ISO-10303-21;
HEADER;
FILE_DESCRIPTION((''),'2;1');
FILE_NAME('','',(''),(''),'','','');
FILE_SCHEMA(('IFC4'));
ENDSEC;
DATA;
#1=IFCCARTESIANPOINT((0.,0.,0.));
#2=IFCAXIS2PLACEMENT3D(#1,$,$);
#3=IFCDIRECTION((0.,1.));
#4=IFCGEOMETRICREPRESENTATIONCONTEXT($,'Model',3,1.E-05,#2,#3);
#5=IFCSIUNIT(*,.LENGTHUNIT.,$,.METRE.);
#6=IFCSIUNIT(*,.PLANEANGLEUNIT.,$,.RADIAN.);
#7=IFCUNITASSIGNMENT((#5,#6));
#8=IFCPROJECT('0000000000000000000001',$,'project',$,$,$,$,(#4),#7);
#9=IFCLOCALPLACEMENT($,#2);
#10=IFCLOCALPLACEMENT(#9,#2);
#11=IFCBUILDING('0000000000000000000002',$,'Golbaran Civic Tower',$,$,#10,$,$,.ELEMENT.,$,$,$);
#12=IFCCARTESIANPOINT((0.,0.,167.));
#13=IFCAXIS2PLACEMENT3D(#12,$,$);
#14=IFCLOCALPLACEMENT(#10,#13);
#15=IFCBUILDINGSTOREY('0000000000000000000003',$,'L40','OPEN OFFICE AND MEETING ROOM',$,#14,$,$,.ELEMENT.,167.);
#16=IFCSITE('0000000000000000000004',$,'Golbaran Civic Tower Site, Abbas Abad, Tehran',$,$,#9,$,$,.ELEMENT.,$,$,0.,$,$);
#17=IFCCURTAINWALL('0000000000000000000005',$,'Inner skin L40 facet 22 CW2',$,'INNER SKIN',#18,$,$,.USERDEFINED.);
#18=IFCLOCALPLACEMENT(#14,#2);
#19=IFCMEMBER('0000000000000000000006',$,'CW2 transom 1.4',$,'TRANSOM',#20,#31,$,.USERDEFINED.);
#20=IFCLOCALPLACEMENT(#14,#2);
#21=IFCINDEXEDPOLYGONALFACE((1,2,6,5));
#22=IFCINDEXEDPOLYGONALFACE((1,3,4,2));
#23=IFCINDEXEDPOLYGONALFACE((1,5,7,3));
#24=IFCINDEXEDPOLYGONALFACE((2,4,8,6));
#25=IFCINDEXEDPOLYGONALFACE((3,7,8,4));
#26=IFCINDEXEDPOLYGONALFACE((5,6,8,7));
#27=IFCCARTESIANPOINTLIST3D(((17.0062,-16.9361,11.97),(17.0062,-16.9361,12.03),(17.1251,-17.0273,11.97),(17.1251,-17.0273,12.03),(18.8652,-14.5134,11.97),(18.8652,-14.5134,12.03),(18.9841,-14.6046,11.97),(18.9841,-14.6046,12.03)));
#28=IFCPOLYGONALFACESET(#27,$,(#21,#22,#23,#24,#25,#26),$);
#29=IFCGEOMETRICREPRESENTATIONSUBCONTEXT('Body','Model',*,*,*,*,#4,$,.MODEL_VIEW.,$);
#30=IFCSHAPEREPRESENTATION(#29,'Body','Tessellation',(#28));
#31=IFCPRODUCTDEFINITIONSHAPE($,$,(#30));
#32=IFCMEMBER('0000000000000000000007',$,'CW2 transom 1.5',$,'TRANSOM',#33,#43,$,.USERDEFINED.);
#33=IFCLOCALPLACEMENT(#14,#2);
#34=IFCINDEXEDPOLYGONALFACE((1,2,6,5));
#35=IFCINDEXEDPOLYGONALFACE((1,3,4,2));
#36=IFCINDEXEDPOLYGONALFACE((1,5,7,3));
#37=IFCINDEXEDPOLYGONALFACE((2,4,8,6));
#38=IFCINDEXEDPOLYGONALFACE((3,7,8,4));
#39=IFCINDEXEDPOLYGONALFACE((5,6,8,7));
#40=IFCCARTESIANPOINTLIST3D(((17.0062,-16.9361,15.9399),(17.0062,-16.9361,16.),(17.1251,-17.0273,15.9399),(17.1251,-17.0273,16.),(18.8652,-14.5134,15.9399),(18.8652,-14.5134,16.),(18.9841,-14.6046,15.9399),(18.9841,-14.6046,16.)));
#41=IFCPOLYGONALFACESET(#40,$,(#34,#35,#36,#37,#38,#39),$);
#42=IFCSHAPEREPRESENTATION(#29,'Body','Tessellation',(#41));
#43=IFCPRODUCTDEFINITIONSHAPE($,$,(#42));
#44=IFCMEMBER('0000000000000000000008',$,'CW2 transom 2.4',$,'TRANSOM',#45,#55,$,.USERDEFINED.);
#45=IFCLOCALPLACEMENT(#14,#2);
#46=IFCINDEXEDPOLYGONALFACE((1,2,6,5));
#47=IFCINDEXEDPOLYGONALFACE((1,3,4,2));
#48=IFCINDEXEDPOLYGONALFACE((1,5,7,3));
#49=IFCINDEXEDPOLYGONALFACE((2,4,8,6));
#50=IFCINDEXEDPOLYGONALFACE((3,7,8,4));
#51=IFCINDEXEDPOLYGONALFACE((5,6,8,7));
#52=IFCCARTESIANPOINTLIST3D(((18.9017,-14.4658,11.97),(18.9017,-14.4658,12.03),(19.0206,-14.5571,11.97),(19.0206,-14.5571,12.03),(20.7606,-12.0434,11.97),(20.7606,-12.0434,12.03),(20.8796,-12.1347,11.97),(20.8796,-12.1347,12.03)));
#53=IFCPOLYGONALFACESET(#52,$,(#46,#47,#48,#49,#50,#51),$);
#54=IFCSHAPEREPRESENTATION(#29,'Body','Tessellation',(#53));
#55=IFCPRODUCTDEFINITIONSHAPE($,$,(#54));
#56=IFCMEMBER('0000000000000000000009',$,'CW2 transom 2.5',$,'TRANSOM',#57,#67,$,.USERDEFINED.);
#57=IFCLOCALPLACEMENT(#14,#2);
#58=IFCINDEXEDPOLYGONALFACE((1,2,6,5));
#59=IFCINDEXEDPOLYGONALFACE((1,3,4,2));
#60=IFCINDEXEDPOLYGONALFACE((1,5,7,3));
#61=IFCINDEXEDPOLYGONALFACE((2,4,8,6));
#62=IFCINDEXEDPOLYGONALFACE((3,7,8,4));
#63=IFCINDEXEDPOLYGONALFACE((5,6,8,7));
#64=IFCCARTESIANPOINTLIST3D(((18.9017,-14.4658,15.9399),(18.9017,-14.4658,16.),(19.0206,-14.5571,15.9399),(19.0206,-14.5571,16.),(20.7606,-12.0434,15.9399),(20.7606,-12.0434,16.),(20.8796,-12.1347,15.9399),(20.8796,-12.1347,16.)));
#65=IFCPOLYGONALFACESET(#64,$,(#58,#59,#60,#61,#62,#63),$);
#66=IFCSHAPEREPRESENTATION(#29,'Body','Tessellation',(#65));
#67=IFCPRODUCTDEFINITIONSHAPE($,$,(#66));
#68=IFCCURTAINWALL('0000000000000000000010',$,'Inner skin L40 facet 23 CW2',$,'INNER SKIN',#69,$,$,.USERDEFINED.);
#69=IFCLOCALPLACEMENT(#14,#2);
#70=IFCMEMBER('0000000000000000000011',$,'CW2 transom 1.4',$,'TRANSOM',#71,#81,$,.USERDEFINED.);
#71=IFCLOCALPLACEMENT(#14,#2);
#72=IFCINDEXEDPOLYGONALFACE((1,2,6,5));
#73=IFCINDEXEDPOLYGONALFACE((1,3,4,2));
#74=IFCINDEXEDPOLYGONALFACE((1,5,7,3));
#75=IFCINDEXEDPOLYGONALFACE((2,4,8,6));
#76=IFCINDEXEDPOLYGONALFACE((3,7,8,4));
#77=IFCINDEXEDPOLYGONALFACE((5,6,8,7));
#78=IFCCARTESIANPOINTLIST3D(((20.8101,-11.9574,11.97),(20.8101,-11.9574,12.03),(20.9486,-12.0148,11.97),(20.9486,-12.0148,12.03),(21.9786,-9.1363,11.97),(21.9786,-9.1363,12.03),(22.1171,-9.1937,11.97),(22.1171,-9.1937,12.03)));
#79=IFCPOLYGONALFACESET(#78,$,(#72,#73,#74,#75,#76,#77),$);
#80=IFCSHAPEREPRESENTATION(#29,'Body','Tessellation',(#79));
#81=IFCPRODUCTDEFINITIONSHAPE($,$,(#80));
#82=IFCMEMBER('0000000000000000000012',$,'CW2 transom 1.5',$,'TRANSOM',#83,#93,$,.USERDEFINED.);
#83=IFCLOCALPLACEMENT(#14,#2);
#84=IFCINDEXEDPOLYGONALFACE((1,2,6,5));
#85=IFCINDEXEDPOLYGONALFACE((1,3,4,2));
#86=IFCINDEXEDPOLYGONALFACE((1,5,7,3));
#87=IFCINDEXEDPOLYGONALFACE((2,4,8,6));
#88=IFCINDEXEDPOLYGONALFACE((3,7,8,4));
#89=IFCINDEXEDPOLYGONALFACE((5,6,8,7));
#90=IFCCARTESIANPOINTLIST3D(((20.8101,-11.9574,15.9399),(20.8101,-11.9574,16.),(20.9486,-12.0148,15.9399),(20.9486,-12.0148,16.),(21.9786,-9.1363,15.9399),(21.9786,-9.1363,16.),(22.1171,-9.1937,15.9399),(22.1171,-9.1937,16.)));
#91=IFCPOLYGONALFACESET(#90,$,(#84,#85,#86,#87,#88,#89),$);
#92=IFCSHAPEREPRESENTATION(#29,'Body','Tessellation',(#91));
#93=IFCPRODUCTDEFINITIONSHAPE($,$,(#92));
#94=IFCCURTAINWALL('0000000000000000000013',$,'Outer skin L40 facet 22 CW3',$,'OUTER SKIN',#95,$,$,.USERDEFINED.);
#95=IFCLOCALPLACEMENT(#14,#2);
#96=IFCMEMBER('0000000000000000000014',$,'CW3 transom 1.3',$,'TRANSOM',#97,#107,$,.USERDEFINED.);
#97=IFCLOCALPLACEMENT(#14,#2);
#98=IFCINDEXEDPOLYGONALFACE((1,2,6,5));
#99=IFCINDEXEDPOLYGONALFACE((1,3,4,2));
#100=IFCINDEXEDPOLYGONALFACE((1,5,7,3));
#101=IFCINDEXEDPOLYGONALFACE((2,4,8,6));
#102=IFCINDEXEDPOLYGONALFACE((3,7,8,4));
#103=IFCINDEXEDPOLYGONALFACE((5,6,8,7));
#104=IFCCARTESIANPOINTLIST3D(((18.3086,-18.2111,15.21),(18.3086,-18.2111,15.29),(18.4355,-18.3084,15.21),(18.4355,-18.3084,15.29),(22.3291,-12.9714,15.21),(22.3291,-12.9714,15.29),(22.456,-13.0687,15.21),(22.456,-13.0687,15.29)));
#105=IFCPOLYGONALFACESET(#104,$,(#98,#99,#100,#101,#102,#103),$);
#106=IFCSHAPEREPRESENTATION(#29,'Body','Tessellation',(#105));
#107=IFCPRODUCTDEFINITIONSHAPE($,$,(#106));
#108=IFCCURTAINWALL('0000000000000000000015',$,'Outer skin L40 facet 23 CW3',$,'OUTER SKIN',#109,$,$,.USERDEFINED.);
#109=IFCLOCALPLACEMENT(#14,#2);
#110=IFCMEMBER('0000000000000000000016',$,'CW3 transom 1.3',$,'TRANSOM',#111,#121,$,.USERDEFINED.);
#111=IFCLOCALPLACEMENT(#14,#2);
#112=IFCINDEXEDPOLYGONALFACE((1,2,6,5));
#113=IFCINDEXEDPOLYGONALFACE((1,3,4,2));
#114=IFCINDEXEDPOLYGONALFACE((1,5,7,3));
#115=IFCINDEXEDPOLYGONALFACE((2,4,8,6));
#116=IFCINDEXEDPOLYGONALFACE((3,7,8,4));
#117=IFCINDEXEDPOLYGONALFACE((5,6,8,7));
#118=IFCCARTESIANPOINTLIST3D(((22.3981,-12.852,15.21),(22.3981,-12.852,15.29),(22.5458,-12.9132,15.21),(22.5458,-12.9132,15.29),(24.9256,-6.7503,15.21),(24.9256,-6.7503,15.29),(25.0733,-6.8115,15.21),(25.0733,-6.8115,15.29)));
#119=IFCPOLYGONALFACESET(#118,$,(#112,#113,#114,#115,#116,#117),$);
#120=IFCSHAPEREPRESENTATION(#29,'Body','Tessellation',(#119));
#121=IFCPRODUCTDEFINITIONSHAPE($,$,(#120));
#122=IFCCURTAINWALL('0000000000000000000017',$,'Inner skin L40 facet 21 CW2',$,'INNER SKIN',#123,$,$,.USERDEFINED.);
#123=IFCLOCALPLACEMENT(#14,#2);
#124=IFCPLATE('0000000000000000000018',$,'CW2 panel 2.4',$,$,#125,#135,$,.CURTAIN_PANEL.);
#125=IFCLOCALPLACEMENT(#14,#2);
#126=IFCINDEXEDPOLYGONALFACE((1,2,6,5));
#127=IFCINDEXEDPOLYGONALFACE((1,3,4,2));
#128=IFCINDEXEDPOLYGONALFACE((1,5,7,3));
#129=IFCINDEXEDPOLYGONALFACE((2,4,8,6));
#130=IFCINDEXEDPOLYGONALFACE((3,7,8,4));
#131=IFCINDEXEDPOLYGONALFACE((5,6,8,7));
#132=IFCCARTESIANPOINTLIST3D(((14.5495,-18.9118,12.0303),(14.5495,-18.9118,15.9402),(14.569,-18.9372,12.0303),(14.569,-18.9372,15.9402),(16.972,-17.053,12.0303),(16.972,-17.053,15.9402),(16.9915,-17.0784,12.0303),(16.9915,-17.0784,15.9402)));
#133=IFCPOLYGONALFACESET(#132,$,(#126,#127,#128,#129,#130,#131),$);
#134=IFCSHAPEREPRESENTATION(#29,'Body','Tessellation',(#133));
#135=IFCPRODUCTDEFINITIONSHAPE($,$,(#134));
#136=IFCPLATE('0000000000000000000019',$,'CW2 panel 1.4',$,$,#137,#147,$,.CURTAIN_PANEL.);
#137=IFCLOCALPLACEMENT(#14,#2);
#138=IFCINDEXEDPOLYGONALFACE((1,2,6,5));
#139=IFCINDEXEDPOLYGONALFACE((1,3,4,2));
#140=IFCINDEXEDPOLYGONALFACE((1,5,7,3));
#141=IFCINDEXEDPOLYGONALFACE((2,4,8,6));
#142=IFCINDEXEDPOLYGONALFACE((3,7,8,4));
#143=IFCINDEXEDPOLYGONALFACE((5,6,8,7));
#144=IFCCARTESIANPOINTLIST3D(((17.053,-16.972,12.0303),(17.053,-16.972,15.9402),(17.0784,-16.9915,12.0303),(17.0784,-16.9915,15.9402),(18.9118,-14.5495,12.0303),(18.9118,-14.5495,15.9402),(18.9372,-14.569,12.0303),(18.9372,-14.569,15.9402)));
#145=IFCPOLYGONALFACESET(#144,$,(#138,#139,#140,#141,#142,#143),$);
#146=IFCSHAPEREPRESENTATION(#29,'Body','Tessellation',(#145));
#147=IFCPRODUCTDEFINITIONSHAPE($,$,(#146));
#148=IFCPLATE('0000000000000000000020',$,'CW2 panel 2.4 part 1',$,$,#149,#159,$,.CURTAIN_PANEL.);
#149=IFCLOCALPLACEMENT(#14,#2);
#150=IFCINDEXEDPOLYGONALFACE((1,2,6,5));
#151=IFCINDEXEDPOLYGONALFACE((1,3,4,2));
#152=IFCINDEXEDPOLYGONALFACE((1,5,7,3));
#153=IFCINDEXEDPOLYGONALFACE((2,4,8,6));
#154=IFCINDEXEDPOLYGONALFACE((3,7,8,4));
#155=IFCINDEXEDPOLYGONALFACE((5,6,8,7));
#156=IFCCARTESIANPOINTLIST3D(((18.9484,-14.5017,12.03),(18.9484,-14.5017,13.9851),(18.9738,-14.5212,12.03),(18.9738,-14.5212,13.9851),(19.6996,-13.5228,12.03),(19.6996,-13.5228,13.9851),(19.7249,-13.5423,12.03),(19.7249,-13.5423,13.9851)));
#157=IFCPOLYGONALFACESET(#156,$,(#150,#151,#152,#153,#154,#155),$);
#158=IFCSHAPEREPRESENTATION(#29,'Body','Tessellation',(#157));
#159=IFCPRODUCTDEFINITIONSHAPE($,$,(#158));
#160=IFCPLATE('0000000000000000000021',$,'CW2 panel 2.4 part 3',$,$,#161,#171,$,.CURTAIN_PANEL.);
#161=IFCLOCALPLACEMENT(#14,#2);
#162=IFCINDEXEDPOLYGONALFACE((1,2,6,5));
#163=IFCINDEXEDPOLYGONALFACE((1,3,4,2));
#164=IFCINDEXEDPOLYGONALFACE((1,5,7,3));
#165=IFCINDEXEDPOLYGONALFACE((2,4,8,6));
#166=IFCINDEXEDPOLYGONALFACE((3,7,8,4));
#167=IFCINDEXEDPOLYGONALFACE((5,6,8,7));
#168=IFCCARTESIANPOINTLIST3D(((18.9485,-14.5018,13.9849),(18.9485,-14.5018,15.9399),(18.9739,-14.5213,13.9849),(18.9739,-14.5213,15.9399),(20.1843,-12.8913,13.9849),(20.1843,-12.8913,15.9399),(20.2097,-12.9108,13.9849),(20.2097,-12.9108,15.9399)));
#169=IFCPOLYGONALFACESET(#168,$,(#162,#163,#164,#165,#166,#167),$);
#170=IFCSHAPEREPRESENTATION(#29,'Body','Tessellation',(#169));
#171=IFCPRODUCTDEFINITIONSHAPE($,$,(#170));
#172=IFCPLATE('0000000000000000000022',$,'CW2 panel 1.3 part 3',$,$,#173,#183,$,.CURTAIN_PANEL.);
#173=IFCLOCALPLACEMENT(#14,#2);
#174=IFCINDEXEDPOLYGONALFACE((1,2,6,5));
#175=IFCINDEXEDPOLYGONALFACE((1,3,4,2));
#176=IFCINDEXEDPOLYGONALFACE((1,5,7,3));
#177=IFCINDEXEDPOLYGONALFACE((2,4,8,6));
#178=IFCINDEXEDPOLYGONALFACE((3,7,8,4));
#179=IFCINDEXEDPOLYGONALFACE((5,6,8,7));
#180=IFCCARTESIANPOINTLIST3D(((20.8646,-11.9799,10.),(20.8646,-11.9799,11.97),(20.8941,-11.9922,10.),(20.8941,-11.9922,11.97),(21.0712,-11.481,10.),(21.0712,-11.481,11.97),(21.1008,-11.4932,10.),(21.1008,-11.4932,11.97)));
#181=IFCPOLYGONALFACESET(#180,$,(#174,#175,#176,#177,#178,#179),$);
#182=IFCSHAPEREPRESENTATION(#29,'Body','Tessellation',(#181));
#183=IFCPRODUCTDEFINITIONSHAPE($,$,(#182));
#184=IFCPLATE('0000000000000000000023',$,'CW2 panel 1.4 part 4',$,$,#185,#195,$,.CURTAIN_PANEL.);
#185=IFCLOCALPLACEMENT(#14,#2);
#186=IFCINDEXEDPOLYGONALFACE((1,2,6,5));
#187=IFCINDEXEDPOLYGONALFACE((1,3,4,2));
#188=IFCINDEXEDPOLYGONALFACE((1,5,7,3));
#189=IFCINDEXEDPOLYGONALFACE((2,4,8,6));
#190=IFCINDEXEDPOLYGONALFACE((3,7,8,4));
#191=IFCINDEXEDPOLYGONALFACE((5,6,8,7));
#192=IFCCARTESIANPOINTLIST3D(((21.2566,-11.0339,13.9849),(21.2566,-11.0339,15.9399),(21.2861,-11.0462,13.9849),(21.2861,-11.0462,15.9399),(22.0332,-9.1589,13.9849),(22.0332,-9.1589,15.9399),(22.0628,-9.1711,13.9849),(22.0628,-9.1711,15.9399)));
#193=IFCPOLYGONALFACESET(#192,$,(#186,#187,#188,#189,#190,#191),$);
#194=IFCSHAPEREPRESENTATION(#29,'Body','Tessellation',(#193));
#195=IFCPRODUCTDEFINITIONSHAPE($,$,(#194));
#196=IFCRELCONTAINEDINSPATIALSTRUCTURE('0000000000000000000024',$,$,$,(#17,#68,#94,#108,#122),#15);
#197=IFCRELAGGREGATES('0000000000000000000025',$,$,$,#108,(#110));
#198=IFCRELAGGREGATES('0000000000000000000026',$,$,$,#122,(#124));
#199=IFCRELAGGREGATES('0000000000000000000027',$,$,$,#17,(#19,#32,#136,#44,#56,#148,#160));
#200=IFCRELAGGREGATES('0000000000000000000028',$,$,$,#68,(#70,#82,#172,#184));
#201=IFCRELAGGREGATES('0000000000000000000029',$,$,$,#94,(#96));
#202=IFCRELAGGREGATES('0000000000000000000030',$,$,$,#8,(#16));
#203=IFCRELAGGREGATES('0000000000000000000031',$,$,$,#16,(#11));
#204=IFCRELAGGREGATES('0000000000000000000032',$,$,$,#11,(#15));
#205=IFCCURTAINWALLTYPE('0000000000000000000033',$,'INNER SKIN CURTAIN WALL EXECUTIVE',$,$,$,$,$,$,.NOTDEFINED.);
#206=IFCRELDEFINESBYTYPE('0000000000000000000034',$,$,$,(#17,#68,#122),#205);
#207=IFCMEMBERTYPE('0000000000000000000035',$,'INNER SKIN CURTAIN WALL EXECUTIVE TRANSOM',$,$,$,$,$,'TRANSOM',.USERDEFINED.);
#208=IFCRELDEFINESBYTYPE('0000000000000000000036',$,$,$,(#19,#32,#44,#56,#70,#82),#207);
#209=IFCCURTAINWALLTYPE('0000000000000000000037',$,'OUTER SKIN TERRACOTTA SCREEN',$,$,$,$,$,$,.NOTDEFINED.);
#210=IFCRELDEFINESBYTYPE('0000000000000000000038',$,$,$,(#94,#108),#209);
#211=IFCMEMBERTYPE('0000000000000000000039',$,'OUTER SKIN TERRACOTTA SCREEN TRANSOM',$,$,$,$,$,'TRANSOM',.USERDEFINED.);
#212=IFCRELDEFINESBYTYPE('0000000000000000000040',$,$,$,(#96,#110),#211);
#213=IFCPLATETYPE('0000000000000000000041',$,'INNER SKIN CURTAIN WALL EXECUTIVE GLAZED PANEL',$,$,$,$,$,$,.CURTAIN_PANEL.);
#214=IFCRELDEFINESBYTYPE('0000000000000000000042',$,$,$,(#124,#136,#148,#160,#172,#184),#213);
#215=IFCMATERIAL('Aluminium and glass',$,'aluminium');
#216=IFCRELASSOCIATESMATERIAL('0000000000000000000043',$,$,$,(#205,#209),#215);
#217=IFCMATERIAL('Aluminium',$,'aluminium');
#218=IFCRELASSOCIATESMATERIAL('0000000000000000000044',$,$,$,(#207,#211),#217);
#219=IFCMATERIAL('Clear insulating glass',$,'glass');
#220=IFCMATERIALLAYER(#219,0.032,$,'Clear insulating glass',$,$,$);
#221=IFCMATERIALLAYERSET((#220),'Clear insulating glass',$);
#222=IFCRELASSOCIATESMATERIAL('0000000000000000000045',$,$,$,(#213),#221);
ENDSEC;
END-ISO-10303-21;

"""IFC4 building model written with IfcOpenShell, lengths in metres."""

from ifc_helpers import new_model, si_unit, direction, frame, origin, origin_2d, place, context, subcontext, project, spatial, rectangle, extrude, material, layer, layer_set, material_profile, profile_set, type_object, element, aggregate, save


model = new_model("IFC4")

# Units and contexts
model_context = context("Model", 3, precision=1e-05, world=origin(), true_north=direction((0.0, 1.0)))
body_context = subcontext(model_context, "Body", "Model", "MODEL_VIEW")
ifc_project = project(units=[si_unit("LENGTHUNIT", "METRE"), si_unit("PLANEANGLEUNIT", "RADIAN")], contexts=[model_context])

# Site, building, storey
site_placement = place(None, origin())
site = spatial("IfcSite", under=ifc_project, at=site_placement, Name="Golbaran Civic Tower Site, Abbas Abad, Tehran", CompositionType="ELEMENT", RefElevation=0.0)
building_placement = place(site_placement, origin())
building = spatial("IfcBuilding", under=site, at=building_placement, Name="Golbaran Civic Tower", CompositionType="ELEMENT")
storey_placement = place(building_placement, frame((0.0, 0.0, 167.0)))
storey = spatial("IfcBuildingStorey", under=building, at=storey_placement, Name="L40", Description="OPEN OFFICE AND MEETING ROOM", CompositionType="ELEMENT", Elevation=167.0)

# Curtain walls, members
ifc_material_1 = material(Name="Aluminium and glass", Category="aluminium")
curtain_wall_type_1 = type_object("IfcCurtainWallType", Name="INNER SKIN CURTAIN WALL EXECUTIVE", PredefinedType="NOTDEFINED", material=ifc_material_1)
curtain_wall_1_placement = place(storey_placement, origin())
curtain_wall_1 = element("IfcCurtainWall", 1, at=curtain_wall_1_placement, inside=storey, type_object=curtain_wall_type_1, Name="Inner skin L40 facet 22 CW2", ObjectType="INNER SKIN", PredefinedType="USERDEFINED")
ifc_material_2 = material(Name="Aluminium", Category="aluminium")
ifc_material_profile_1 = material_profile(ifc_material_2, rectangle(XDim=0.1499, YDim=0.0601, at=origin_2d()), Name="INNER SKIN CURTAIN WALL EXECUTIVE TRANSOM")
ifc_profile_set_1 = profile_set([ifc_material_profile_1], Name="Aluminium")
member_type_1 = type_object("IfcMemberType", Name="INNER SKIN CURTAIN WALL EXECUTIVE TRANSOM", ElementType="TRANSOM", PredefinedType="USERDEFINED", material=ifc_profile_set_1)
member_1_placement = place(storey_placement, frame((17.0657, -16.9817, 12.0), z_axis=(0.608752, 0.793361, 0.0), x_axis=(-0.793361, 0.608752, 0.0)))
member_1 = element("IfcMember", 2, at=member_1_placement, type_object=member_type_1, Name="CW2 transom 1.4", ObjectType="TRANSOM", PredefinedType="USERDEFINED", context=body_context, shape_type="SweptSolid", body=[
    extrude(rectangle(XDim=0.1499, YDim=0.0601, at=origin_2d()), origin(), (0.0, 0.0, 1.0), 3.0537),
])
member_2_placement = place(storey_placement, frame((17.0657, -16.9817, 15.97), z_axis=(0.608752, 0.793361, 0.0), x_axis=(-0.793361, 0.608752, 0.0)))
member_2 = element("IfcMember", 3, at=member_2_placement, type_object=member_type_1, Name="CW2 transom 1.5", ObjectType="TRANSOM", PredefinedType="USERDEFINED", context=body_context, shape_type="SweptSolid", body=[
    extrude(rectangle(XDim=0.1499, YDim=0.0601, at=origin_2d()), origin(), (0.0, 0.0, 1.0), 3.0537),
])
member_3_placement = place(storey_placement, frame((18.9612, -14.5115, 12.0), z_axis=(0.608791, 0.793331, 0.0), x_axis=(-0.793331, 0.608791, 0.0)))
member_3 = element("IfcMember", 4, at=member_3_placement, type_object=member_type_1, Name="CW2 transom 2.4", ObjectType="TRANSOM", PredefinedType="USERDEFINED", context=body_context, shape_type="SweptSolid", body=[
    extrude(rectangle(XDim=0.1499, YDim=0.0601, at=origin_2d()), origin(), (0.0, 0.0, 1.0), 3.0535),
])
member_4_placement = place(storey_placement, frame((18.9612, -14.5115, 15.97), z_axis=(0.608791, 0.793331, 0.0), x_axis=(-0.793331, 0.608791, 0.0)))
member_4 = element("IfcMember", 5, at=member_4_placement, type_object=member_type_1, Name="CW2 transom 2.5", ObjectType="TRANSOM", PredefinedType="USERDEFINED", context=body_context, shape_type="SweptSolid", body=[
    extrude(rectangle(XDim=0.1499, YDim=0.0601, at=origin_2d()), origin(), (0.0, 0.0, 1.0), 3.0535),
])
curtain_wall_2_placement = place(storey_placement, origin())
curtain_wall_2 = element("IfcCurtainWall", 6, at=curtain_wall_2_placement, inside=storey, type_object=curtain_wall_type_1, Name="Inner skin L40 facet 23 CW2", ObjectType="INNER SKIN", PredefinedType="USERDEFINED")
member_5_placement = place(storey_placement, frame((20.8794, -11.9861, 12.0), z_axis=(0.382667, 0.923886, 0.0), x_axis=(-0.923886, 0.382667, 0.0)))
member_5 = element("IfcMember", 7, at=member_5_placement, type_object=member_type_1, Name="CW2 transom 1.4", ObjectType="TRANSOM", PredefinedType="USERDEFINED", context=body_context, shape_type="SweptSolid", body=[
    extrude(rectangle(XDim=0.1499, YDim=0.0601, at=origin_2d()), origin(), (0.0, 0.0, 1.0), 3.0535),
])
member_6_placement = place(storey_placement, frame((20.8794, -11.9861, 15.97), z_axis=(0.382667, 0.923886, 0.0), x_axis=(-0.923886, 0.382667, 0.0)))
member_6 = element("IfcMember", 8, at=member_6_placement, type_object=member_type_1, Name="CW2 transom 1.5", ObjectType="TRANSOM", PredefinedType="USERDEFINED", context=body_context, shape_type="SweptSolid", body=[
    extrude(rectangle(XDim=0.1499, YDim=0.0601, at=origin_2d()), origin(), (0.0, 0.0, 1.0), 3.0535),
])

# Curtain walls, members
curtain_wall_type_2 = type_object("IfcCurtainWallType", Name="OUTER SKIN TERRACOTTA SCREEN", PredefinedType="NOTDEFINED", material=ifc_material_1)
curtain_wall_3_placement = place(storey_placement, origin())
curtain_wall_3 = element("IfcCurtainWall", 9, at=curtain_wall_3_placement, inside=storey, type_object=curtain_wall_type_2, Name="Outer skin L40 facet 22 CW3", ObjectType="OUTER SKIN", PredefinedType="USERDEFINED")
ifc_material_profile_2 = material_profile(ifc_material_2, rectangle(XDim=0.1599, YDim=0.0801, at=origin_2d()), Name="OUTER SKIN TERRACOTTA SCREEN TRANSOM")
ifc_profile_set_2 = profile_set([ifc_material_profile_2], Name="Aluminium")
member_type_2 = type_object("IfcMemberType", Name="OUTER SKIN TERRACOTTA SCREEN TRANSOM", ElementType="TRANSOM", PredefinedType="USERDEFINED", material=ifc_profile_set_2)
member_7_placement = place(storey_placement, frame((18.3721, -18.2598, 15.25), z_axis=(0.608753, 0.79336, 0.0), x_axis=(-0.79336, 0.608753, 0.0)))
member_7 = element("IfcMember", 10, at=member_7_placement, type_object=member_type_2, Name="CW3 transom 1.3", ObjectType="TRANSOM", PredefinedType="USERDEFINED", context=body_context, shape_type="SweptSolid", body=[
    extrude(rectangle(XDim=0.1599, YDim=0.0801, at=origin_2d()), origin(), (0.0, 0.0, 1.0), 6.6045),
])
curtain_wall_4_placement = place(storey_placement, origin())
curtain_wall_4 = element("IfcCurtainWall", 11, at=curtain_wall_4_placement, inside=storey, type_object=curtain_wall_type_2, Name="Outer skin L40 facet 23 CW3", ObjectType="OUTER SKIN", PredefinedType="USERDEFINED")
member_8_placement = place(storey_placement, frame((22.4719, -12.8826, 15.25), z_axis=(0.382701, 0.923872, 0.0), x_axis=(-0.923872, 0.382701, 0.0)))
member_8 = element("IfcMember", 12, at=member_8_placement, type_object=member_type_2, Name="CW3 transom 1.3", ObjectType="TRANSOM", PredefinedType="USERDEFINED", context=body_context, shape_type="SweptSolid", body=[
    extrude(rectangle(XDim=0.1599, YDim=0.0801, at=origin_2d()), origin(), (0.0, 0.0, 1.0), 6.6045),
])
aggregate(curtain_wall_4, [member_8])

# Curtain wall, plate
curtain_wall_5_placement = place(storey_placement, origin())
curtain_wall_5 = element("IfcCurtainWall", 13, at=curtain_wall_5_placement, inside=storey, type_object=curtain_wall_type_1, Name="Inner skin L40 facet 21 CW2", ObjectType="INNER SKIN", PredefinedType="USERDEFINED")
ifc_material_3 = material(Name="Clear insulating glass", Category="glass")
ifc_layer_1 = layer(ifc_material_3, 0.032, Name="Clear insulating glass")
ifc_layer_set_1 = layer_set([ifc_layer_1], Name="Clear insulating glass")
plate_type_1 = type_object("IfcPlateType", Name="INNER SKIN CURTAIN WALL EXECUTIVE GLAZED PANEL", PredefinedType="CURTAIN_PANEL", material=ifc_layer_set_1)
plate_1_placement = place(storey_placement, frame((15.7705, -17.9951, 12.0303), z_axis=(0.0, 0.0, 1.0), x_axis=(0.793353, 0.608761, 0.0)))
plate_1 = element("IfcPlate", 14, at=plate_1_placement, type_object=plate_type_1, Name="CW2 panel 2.4", PredefinedType="CURTAIN_PANEL", context=body_context, shape_type="SweptSolid", body=[
    extrude(rectangle(XDim=3.0535, YDim=0.032, at=origin_2d()), origin(), (0.0, 0.0, 1.0), 3.9099),
])
aggregate(curtain_wall_5, [plate_1])

# Plates
plate_2_placement = place(storey_placement, frame((17.9951, -15.7705, 12.0303), z_axis=(0.0, 0.0, 1.0), x_axis=(0.608761, 0.793353, 0.0)))
plate_2 = element("IfcPlate", 15, at=plate_2_placement, type_object=plate_type_1, Name="CW2 panel 1.4", PredefinedType="CURTAIN_PANEL", context=body_context, shape_type="SweptSolid", body=[
    extrude(rectangle(XDim=3.0535, YDim=0.032, at=origin_2d()), origin(), (0.0, 0.0, 1.0), 3.9099),
])
plate_3_placement = place(storey_placement, frame((19.3367, -14.022, 12.03), z_axis=(0.0, 0.0, 1.0), x_axis=(0.608761, 0.793353, 0.0)))
plate_3 = element("IfcPlate", 16, at=plate_3_placement, type_object=plate_type_1, Name="CW2 panel 2.4 part 1", PredefinedType="CURTAIN_PANEL", context=body_context, shape_type="SweptSolid", body=[
    extrude(rectangle(XDim=1.2339, YDim=0.032, at=origin_2d()), origin(), (0.0, 0.0, 1.0), 1.9551),
])
plate_4_placement = place(storey_placement, frame((19.5791, -13.7063, 13.9849), z_axis=(0.0, 0.0, 1.0), x_axis=(0.608761, 0.793353, 0.0)))
plate_4 = element("IfcPlate", 17, at=plate_4_placement, type_object=plate_type_1, Name="CW2 panel 2.4 part 3", PredefinedType="CURTAIN_PANEL", context=body_context, shape_type="SweptSolid", body=[
    extrude(rectangle(XDim=2.03, YDim=0.032, at=origin_2d()), origin(), (0.0, 0.0, 1.0), 1.9551),
])
plate_5_placement = place(storey_placement, frame((20.9827, -11.7366, 10.0), z_axis=(0.0, 0.0, 1.0), x_axis=(0.382683, 0.92388, 0.0)))
plate_5 = element("IfcPlate", 18, at=plate_5_placement, type_object=plate_type_1, Name="CW2 panel 1.3 part 3", PredefinedType="CURTAIN_PANEL", context=body_context, shape_type="SweptSolid", body=[
    extrude(rectangle(XDim=0.54, YDim=0.032, at=origin_2d()), origin(), (0.0, 0.0, 1.0), 1.97),
])
plate_6_placement = place(storey_placement, frame((21.6597, -10.1025, 13.9849), z_axis=(0.0, 0.0, 1.0), x_axis=(0.382683, 0.92388, 0.0)))
plate_6 = element("IfcPlate", 19, at=plate_6_placement, type_object=plate_type_1, Name="CW2 panel 1.4 part 4", PredefinedType="CURTAIN_PANEL", context=body_context, shape_type="SweptSolid", body=[
    extrude(rectangle(XDim=2.0295, YDim=0.032, at=origin_2d()), origin(), (0.0, 0.0, 1.0), 1.9551),
])
aggregate(curtain_wall_1, [member_1, member_2, plate_2, member_3, member_4, plate_3, plate_4])
aggregate(curtain_wall_2, [member_5, member_6, plate_5, plate_6])
aggregate(curtain_wall_3, [member_7])

save(model, "model.ifc")
